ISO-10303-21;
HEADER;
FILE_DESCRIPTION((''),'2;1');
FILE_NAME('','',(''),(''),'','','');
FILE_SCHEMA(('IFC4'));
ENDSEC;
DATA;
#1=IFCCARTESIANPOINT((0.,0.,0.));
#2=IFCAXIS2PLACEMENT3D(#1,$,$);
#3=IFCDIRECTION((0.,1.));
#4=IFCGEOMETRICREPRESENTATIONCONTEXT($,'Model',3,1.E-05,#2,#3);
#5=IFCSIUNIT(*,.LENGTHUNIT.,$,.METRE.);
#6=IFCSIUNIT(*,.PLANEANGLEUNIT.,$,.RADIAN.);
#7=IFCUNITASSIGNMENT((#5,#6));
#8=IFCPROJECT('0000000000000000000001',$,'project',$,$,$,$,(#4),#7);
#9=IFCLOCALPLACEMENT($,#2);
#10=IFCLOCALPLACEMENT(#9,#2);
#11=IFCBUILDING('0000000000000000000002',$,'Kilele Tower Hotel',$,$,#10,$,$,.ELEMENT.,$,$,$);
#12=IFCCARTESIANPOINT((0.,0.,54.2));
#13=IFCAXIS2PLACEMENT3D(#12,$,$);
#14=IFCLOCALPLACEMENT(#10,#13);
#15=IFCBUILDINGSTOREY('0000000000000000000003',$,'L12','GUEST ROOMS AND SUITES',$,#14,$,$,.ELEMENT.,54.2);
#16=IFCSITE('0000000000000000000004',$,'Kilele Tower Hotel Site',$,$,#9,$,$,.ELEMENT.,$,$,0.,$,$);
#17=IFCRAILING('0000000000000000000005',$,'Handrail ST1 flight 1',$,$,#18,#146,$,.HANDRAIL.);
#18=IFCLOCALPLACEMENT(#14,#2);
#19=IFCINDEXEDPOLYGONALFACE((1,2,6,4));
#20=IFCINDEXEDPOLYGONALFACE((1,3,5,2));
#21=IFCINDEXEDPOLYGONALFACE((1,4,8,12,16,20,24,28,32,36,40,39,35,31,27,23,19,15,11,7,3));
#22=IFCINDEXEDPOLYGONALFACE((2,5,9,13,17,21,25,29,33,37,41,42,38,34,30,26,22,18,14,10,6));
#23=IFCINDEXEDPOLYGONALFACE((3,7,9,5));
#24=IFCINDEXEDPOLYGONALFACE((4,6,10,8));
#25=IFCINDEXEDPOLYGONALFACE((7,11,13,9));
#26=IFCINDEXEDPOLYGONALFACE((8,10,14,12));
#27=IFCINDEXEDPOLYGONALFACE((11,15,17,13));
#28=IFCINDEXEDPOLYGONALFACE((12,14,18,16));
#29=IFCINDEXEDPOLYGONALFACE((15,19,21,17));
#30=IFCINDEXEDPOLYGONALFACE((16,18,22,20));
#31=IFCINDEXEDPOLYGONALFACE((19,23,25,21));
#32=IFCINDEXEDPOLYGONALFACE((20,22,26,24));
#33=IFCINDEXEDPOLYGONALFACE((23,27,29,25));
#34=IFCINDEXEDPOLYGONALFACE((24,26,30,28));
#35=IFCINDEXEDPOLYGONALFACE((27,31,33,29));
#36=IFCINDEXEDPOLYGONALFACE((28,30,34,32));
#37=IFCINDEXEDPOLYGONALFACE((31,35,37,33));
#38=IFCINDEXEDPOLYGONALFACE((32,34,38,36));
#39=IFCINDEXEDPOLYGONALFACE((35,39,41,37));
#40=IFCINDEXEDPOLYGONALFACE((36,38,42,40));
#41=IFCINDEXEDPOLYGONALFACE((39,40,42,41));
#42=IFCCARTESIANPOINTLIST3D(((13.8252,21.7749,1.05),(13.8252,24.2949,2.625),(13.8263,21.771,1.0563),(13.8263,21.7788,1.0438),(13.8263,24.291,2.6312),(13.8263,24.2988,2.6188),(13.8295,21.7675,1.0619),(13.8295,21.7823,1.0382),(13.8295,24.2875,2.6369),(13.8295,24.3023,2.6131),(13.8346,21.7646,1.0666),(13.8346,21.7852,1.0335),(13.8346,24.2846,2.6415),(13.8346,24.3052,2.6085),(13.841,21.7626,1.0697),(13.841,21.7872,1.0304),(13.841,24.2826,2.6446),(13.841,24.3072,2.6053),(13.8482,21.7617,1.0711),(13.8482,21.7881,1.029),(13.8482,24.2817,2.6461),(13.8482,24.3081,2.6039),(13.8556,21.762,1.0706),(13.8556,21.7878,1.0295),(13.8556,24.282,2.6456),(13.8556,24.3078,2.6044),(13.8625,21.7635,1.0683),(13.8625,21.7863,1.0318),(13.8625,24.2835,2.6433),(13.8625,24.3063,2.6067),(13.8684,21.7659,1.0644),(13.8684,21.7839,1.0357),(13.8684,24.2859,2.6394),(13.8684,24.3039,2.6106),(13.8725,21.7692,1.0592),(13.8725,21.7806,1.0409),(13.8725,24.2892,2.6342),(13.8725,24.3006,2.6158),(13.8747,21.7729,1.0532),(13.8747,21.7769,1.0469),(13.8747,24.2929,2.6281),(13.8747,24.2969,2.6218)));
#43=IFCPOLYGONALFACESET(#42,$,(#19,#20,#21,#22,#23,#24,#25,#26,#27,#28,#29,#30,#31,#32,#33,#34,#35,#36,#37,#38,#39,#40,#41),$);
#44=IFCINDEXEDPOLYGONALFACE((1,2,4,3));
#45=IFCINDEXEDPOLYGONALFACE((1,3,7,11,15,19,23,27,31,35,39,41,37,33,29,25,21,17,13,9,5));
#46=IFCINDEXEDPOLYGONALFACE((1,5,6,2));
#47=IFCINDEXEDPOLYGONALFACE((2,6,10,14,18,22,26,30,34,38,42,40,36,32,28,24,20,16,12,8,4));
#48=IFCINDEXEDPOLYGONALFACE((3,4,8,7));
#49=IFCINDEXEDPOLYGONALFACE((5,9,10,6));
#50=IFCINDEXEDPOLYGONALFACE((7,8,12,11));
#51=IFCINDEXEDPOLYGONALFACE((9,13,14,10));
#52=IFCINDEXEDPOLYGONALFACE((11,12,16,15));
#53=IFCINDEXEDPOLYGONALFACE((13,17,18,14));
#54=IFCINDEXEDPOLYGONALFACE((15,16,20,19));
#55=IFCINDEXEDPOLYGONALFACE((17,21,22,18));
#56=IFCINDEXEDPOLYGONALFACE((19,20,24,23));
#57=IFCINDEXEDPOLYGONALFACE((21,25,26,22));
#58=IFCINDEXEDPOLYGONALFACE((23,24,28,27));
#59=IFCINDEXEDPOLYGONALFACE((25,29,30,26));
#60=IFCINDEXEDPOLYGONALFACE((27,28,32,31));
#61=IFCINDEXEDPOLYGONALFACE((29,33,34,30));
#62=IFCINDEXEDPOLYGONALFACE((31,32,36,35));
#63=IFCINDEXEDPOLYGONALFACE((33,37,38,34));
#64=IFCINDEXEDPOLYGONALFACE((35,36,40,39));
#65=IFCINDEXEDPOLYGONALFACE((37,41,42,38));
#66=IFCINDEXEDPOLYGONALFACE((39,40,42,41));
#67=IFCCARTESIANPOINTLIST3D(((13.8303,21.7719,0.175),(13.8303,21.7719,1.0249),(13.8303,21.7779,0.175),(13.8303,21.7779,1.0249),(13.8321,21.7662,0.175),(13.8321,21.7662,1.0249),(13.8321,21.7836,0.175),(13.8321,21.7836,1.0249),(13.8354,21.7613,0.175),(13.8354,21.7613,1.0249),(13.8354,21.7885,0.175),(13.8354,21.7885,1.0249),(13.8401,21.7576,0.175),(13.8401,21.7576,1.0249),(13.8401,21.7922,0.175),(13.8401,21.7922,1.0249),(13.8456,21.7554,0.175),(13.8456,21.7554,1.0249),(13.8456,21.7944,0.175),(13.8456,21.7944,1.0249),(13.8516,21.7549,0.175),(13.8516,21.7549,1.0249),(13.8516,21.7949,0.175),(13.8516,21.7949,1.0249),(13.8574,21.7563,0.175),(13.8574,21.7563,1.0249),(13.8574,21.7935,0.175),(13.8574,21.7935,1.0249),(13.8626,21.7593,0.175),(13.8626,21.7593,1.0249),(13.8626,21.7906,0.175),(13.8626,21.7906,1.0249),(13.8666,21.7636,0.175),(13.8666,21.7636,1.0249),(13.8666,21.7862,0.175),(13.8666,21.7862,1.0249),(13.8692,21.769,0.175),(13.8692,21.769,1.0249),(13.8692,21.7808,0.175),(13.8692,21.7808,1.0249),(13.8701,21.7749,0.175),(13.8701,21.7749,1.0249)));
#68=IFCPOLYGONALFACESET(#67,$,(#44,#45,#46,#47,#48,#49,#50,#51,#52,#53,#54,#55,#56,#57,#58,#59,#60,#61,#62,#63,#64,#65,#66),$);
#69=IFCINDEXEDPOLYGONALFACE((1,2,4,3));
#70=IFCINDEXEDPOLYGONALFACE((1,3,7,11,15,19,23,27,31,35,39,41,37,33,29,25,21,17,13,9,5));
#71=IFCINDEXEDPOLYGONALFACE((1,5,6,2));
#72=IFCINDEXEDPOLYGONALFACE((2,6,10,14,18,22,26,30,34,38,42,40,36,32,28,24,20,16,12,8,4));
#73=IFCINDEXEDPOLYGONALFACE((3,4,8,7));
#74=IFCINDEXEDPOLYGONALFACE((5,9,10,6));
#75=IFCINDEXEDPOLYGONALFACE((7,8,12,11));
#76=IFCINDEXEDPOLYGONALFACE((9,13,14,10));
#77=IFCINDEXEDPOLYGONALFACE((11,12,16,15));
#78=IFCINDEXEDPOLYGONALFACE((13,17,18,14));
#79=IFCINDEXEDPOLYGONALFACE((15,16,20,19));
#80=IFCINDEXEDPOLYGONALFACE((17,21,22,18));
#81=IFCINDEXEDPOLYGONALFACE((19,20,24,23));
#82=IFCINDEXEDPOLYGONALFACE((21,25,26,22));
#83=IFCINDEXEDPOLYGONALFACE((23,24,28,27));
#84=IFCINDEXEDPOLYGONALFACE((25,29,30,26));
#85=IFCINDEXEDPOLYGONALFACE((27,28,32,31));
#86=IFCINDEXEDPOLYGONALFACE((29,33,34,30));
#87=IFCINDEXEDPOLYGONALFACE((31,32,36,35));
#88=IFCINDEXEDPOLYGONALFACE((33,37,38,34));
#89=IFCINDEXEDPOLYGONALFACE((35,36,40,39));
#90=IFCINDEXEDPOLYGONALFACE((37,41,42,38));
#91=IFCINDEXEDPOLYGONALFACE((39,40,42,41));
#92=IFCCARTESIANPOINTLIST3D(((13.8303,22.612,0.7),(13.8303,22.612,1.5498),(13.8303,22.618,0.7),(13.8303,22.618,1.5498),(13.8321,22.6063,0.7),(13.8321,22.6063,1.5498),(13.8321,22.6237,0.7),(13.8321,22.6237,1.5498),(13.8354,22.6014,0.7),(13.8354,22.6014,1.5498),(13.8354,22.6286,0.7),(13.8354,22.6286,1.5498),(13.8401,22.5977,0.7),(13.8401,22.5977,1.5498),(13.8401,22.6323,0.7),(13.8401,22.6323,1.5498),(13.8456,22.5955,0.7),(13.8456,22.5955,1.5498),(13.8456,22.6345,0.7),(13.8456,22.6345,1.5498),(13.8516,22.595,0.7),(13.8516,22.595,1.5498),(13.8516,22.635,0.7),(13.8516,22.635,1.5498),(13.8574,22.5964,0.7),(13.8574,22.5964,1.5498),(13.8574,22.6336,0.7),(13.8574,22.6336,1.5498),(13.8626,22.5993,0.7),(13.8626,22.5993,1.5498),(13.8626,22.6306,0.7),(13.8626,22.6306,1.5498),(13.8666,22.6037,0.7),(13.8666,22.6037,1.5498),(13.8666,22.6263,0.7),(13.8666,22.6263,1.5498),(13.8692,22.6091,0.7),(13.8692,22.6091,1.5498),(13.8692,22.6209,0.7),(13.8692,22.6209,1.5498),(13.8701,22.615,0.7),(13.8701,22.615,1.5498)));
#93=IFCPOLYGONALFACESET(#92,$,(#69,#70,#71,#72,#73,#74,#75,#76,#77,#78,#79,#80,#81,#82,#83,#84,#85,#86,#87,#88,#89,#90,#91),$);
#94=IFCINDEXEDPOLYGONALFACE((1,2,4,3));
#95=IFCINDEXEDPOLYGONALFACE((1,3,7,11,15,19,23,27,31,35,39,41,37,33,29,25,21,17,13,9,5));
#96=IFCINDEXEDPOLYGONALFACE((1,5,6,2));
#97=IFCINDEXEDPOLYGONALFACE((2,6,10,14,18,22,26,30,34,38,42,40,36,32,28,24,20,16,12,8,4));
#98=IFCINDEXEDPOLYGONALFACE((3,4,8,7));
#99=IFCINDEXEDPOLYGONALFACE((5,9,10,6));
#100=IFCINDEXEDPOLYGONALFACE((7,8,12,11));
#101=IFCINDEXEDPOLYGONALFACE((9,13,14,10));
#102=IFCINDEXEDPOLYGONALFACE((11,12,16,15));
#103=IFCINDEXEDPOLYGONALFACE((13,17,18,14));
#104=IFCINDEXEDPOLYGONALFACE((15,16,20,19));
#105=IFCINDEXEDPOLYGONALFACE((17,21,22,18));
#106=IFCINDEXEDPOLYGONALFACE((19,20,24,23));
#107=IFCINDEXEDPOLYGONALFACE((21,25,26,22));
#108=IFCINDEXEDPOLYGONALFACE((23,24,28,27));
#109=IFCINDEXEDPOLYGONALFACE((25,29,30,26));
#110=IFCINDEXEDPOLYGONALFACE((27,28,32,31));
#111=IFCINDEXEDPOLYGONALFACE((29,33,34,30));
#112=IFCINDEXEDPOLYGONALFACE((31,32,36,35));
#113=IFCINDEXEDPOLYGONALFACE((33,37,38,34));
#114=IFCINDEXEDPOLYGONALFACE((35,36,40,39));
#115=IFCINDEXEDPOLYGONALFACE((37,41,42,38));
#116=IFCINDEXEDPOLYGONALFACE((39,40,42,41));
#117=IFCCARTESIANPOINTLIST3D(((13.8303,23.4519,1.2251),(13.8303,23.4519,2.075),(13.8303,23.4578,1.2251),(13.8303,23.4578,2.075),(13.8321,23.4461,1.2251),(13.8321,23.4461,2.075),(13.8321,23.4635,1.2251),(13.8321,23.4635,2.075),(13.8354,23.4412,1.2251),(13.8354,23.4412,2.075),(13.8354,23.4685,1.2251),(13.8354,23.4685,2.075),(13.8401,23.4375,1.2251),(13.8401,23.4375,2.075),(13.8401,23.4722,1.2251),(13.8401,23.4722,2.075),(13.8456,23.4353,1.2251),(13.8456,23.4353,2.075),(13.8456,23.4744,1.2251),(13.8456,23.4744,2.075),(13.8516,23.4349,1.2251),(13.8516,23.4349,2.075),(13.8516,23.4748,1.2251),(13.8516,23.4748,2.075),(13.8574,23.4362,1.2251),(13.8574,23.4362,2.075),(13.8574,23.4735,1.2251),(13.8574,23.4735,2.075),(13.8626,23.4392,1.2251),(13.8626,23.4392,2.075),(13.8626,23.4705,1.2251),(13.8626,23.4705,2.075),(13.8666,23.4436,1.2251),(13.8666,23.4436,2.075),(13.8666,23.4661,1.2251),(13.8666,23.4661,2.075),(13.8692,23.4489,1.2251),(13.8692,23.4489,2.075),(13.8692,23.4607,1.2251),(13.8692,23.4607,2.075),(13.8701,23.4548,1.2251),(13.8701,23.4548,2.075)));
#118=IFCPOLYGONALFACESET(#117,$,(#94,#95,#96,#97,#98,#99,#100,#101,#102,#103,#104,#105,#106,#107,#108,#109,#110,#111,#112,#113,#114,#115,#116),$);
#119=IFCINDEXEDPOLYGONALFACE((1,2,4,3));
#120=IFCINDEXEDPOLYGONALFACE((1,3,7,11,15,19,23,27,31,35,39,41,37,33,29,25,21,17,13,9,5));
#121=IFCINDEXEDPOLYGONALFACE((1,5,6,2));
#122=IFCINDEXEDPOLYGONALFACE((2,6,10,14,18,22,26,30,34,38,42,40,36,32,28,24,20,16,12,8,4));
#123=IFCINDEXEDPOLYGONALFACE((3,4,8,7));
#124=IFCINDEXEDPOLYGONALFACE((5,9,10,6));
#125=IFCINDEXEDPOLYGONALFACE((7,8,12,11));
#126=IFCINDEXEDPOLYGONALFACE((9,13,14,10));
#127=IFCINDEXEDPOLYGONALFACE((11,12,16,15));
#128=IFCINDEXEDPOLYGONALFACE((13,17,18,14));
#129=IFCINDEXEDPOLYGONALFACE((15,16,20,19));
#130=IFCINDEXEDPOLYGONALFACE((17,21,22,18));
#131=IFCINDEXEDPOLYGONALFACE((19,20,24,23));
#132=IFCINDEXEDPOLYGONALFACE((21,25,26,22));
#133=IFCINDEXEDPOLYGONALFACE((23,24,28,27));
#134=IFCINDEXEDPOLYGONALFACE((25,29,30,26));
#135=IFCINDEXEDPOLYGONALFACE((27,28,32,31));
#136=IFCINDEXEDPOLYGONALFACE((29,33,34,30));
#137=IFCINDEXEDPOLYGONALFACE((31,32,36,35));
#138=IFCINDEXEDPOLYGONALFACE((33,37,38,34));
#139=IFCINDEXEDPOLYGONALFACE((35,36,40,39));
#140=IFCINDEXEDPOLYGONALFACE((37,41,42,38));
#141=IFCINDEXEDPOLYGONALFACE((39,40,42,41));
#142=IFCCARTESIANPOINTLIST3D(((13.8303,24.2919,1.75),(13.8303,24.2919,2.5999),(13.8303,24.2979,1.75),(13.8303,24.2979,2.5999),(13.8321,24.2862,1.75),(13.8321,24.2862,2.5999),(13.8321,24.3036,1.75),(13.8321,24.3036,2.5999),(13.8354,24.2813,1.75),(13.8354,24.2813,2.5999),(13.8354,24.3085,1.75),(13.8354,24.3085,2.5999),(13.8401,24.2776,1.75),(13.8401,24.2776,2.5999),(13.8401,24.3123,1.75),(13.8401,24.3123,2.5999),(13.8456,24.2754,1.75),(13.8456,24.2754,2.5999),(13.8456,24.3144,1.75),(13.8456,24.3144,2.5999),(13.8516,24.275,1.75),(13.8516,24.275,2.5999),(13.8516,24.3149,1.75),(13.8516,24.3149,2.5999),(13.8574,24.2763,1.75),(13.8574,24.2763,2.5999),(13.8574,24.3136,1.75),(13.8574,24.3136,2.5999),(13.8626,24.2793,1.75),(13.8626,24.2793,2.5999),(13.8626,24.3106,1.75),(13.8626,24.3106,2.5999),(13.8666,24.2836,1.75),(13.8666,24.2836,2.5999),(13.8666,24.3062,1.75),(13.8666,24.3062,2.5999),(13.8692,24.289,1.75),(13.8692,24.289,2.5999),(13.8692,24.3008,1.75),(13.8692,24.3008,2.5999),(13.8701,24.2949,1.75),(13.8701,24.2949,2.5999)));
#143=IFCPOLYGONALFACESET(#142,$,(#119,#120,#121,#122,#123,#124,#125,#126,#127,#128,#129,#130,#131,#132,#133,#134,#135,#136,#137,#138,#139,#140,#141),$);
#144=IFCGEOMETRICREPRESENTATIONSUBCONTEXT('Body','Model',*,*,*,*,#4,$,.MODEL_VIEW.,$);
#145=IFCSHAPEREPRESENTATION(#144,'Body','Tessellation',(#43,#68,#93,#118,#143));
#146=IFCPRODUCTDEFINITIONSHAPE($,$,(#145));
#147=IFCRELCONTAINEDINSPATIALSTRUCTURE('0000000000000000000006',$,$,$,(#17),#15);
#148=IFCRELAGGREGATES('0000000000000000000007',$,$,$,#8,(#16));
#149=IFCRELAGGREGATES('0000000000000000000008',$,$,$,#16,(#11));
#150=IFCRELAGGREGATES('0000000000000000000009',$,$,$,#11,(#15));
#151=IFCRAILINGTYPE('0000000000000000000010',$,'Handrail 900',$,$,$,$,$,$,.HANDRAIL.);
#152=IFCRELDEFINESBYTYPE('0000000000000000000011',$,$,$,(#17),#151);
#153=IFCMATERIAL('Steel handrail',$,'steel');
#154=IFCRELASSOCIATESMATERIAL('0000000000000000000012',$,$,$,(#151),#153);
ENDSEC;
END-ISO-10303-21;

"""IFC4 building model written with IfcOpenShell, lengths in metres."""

from ifc_helpers import new_model, si_unit, direction, frame, origin, origin_2d, place, context, subcontext, project, spatial, circle, extrude, material, type_object, element, save


model = new_model("IFC4")

# Units and contexts
model_context = context("Model", 3, precision=1e-05, world=origin(), true_north=direction((0.0, 1.0)))
body_context = subcontext(model_context, "Body", "Model", "MODEL_VIEW")
ifc_project = project(units=[si_unit("LENGTHUNIT", "METRE"), si_unit("PLANEANGLEUNIT", "RADIAN")], contexts=[model_context])

# Site, building, storey
site_placement = place(None, origin())
site = spatial("IfcSite", under=ifc_project, at=site_placement, Name="Kilele Tower Hotel Site", CompositionType="ELEMENT", RefElevation=0.0)
building_placement = place(site_placement, origin())
building = spatial("IfcBuilding", under=site, at=building_placement, Name="Kilele Tower Hotel", CompositionType="ELEMENT")
storey_placement = place(building_placement, frame((0.0, 0.0, 54.2)))
storey = spatial("IfcBuildingStorey", under=building, at=storey_placement, Name="L12", Description="GUEST ROOMS AND SUITES", CompositionType="ELEMENT", Elevation=54.2)

# Railing
ifc_material_1 = material(Name="Steel handrail", Category="steel")
railing_type_1 = type_object("IfcRailingType", Name="Handrail 900", PredefinedType="HANDRAIL", material=ifc_material_1)
for number, where, name in (
    (1, (13.8501, 21.7749, 0.175), "Handrail ST1 flight 1"),
):
    element("IfcRailing", number, at=place(storey_placement, frame(where)), inside=storey, type_object=railing_type_1, Name=name, PredefinedType="HANDRAIL", context=body_context, shape_type="SweptSolid", body=[
        extrude(circle(Radius=0.0249, at=origin_2d()), frame((0.0, 0.0, 0.875), z_axis=(0.0, 0.848008, 0.529984), x_axis=(-1.0, 0.0, 0.0)), (0.0, 0.0, 1.0), 2.9717),
        extrude(circle(Radius=0.02, at=origin_2d()), origin(), (0.0, 0.0, 1.0), 0.8499),
        extrude(circle(Radius=0.02, at=origin_2d()), frame((0.0, 0.8401, 0.5249)), (0.0, 0.0, 1.0), 0.8499),
        extrude(circle(Radius=0.02, at=origin_2d()), frame((0.0, 1.6799, 1.05)), (0.0, 0.0, 1.0), 0.8499),
        extrude(circle(Radius=0.02, at=origin_2d()), frame((0.0, 2.52, 1.575)), (0.0, 0.0, 1.0), 0.8499),
    ])

save(model, "model.ifc")
